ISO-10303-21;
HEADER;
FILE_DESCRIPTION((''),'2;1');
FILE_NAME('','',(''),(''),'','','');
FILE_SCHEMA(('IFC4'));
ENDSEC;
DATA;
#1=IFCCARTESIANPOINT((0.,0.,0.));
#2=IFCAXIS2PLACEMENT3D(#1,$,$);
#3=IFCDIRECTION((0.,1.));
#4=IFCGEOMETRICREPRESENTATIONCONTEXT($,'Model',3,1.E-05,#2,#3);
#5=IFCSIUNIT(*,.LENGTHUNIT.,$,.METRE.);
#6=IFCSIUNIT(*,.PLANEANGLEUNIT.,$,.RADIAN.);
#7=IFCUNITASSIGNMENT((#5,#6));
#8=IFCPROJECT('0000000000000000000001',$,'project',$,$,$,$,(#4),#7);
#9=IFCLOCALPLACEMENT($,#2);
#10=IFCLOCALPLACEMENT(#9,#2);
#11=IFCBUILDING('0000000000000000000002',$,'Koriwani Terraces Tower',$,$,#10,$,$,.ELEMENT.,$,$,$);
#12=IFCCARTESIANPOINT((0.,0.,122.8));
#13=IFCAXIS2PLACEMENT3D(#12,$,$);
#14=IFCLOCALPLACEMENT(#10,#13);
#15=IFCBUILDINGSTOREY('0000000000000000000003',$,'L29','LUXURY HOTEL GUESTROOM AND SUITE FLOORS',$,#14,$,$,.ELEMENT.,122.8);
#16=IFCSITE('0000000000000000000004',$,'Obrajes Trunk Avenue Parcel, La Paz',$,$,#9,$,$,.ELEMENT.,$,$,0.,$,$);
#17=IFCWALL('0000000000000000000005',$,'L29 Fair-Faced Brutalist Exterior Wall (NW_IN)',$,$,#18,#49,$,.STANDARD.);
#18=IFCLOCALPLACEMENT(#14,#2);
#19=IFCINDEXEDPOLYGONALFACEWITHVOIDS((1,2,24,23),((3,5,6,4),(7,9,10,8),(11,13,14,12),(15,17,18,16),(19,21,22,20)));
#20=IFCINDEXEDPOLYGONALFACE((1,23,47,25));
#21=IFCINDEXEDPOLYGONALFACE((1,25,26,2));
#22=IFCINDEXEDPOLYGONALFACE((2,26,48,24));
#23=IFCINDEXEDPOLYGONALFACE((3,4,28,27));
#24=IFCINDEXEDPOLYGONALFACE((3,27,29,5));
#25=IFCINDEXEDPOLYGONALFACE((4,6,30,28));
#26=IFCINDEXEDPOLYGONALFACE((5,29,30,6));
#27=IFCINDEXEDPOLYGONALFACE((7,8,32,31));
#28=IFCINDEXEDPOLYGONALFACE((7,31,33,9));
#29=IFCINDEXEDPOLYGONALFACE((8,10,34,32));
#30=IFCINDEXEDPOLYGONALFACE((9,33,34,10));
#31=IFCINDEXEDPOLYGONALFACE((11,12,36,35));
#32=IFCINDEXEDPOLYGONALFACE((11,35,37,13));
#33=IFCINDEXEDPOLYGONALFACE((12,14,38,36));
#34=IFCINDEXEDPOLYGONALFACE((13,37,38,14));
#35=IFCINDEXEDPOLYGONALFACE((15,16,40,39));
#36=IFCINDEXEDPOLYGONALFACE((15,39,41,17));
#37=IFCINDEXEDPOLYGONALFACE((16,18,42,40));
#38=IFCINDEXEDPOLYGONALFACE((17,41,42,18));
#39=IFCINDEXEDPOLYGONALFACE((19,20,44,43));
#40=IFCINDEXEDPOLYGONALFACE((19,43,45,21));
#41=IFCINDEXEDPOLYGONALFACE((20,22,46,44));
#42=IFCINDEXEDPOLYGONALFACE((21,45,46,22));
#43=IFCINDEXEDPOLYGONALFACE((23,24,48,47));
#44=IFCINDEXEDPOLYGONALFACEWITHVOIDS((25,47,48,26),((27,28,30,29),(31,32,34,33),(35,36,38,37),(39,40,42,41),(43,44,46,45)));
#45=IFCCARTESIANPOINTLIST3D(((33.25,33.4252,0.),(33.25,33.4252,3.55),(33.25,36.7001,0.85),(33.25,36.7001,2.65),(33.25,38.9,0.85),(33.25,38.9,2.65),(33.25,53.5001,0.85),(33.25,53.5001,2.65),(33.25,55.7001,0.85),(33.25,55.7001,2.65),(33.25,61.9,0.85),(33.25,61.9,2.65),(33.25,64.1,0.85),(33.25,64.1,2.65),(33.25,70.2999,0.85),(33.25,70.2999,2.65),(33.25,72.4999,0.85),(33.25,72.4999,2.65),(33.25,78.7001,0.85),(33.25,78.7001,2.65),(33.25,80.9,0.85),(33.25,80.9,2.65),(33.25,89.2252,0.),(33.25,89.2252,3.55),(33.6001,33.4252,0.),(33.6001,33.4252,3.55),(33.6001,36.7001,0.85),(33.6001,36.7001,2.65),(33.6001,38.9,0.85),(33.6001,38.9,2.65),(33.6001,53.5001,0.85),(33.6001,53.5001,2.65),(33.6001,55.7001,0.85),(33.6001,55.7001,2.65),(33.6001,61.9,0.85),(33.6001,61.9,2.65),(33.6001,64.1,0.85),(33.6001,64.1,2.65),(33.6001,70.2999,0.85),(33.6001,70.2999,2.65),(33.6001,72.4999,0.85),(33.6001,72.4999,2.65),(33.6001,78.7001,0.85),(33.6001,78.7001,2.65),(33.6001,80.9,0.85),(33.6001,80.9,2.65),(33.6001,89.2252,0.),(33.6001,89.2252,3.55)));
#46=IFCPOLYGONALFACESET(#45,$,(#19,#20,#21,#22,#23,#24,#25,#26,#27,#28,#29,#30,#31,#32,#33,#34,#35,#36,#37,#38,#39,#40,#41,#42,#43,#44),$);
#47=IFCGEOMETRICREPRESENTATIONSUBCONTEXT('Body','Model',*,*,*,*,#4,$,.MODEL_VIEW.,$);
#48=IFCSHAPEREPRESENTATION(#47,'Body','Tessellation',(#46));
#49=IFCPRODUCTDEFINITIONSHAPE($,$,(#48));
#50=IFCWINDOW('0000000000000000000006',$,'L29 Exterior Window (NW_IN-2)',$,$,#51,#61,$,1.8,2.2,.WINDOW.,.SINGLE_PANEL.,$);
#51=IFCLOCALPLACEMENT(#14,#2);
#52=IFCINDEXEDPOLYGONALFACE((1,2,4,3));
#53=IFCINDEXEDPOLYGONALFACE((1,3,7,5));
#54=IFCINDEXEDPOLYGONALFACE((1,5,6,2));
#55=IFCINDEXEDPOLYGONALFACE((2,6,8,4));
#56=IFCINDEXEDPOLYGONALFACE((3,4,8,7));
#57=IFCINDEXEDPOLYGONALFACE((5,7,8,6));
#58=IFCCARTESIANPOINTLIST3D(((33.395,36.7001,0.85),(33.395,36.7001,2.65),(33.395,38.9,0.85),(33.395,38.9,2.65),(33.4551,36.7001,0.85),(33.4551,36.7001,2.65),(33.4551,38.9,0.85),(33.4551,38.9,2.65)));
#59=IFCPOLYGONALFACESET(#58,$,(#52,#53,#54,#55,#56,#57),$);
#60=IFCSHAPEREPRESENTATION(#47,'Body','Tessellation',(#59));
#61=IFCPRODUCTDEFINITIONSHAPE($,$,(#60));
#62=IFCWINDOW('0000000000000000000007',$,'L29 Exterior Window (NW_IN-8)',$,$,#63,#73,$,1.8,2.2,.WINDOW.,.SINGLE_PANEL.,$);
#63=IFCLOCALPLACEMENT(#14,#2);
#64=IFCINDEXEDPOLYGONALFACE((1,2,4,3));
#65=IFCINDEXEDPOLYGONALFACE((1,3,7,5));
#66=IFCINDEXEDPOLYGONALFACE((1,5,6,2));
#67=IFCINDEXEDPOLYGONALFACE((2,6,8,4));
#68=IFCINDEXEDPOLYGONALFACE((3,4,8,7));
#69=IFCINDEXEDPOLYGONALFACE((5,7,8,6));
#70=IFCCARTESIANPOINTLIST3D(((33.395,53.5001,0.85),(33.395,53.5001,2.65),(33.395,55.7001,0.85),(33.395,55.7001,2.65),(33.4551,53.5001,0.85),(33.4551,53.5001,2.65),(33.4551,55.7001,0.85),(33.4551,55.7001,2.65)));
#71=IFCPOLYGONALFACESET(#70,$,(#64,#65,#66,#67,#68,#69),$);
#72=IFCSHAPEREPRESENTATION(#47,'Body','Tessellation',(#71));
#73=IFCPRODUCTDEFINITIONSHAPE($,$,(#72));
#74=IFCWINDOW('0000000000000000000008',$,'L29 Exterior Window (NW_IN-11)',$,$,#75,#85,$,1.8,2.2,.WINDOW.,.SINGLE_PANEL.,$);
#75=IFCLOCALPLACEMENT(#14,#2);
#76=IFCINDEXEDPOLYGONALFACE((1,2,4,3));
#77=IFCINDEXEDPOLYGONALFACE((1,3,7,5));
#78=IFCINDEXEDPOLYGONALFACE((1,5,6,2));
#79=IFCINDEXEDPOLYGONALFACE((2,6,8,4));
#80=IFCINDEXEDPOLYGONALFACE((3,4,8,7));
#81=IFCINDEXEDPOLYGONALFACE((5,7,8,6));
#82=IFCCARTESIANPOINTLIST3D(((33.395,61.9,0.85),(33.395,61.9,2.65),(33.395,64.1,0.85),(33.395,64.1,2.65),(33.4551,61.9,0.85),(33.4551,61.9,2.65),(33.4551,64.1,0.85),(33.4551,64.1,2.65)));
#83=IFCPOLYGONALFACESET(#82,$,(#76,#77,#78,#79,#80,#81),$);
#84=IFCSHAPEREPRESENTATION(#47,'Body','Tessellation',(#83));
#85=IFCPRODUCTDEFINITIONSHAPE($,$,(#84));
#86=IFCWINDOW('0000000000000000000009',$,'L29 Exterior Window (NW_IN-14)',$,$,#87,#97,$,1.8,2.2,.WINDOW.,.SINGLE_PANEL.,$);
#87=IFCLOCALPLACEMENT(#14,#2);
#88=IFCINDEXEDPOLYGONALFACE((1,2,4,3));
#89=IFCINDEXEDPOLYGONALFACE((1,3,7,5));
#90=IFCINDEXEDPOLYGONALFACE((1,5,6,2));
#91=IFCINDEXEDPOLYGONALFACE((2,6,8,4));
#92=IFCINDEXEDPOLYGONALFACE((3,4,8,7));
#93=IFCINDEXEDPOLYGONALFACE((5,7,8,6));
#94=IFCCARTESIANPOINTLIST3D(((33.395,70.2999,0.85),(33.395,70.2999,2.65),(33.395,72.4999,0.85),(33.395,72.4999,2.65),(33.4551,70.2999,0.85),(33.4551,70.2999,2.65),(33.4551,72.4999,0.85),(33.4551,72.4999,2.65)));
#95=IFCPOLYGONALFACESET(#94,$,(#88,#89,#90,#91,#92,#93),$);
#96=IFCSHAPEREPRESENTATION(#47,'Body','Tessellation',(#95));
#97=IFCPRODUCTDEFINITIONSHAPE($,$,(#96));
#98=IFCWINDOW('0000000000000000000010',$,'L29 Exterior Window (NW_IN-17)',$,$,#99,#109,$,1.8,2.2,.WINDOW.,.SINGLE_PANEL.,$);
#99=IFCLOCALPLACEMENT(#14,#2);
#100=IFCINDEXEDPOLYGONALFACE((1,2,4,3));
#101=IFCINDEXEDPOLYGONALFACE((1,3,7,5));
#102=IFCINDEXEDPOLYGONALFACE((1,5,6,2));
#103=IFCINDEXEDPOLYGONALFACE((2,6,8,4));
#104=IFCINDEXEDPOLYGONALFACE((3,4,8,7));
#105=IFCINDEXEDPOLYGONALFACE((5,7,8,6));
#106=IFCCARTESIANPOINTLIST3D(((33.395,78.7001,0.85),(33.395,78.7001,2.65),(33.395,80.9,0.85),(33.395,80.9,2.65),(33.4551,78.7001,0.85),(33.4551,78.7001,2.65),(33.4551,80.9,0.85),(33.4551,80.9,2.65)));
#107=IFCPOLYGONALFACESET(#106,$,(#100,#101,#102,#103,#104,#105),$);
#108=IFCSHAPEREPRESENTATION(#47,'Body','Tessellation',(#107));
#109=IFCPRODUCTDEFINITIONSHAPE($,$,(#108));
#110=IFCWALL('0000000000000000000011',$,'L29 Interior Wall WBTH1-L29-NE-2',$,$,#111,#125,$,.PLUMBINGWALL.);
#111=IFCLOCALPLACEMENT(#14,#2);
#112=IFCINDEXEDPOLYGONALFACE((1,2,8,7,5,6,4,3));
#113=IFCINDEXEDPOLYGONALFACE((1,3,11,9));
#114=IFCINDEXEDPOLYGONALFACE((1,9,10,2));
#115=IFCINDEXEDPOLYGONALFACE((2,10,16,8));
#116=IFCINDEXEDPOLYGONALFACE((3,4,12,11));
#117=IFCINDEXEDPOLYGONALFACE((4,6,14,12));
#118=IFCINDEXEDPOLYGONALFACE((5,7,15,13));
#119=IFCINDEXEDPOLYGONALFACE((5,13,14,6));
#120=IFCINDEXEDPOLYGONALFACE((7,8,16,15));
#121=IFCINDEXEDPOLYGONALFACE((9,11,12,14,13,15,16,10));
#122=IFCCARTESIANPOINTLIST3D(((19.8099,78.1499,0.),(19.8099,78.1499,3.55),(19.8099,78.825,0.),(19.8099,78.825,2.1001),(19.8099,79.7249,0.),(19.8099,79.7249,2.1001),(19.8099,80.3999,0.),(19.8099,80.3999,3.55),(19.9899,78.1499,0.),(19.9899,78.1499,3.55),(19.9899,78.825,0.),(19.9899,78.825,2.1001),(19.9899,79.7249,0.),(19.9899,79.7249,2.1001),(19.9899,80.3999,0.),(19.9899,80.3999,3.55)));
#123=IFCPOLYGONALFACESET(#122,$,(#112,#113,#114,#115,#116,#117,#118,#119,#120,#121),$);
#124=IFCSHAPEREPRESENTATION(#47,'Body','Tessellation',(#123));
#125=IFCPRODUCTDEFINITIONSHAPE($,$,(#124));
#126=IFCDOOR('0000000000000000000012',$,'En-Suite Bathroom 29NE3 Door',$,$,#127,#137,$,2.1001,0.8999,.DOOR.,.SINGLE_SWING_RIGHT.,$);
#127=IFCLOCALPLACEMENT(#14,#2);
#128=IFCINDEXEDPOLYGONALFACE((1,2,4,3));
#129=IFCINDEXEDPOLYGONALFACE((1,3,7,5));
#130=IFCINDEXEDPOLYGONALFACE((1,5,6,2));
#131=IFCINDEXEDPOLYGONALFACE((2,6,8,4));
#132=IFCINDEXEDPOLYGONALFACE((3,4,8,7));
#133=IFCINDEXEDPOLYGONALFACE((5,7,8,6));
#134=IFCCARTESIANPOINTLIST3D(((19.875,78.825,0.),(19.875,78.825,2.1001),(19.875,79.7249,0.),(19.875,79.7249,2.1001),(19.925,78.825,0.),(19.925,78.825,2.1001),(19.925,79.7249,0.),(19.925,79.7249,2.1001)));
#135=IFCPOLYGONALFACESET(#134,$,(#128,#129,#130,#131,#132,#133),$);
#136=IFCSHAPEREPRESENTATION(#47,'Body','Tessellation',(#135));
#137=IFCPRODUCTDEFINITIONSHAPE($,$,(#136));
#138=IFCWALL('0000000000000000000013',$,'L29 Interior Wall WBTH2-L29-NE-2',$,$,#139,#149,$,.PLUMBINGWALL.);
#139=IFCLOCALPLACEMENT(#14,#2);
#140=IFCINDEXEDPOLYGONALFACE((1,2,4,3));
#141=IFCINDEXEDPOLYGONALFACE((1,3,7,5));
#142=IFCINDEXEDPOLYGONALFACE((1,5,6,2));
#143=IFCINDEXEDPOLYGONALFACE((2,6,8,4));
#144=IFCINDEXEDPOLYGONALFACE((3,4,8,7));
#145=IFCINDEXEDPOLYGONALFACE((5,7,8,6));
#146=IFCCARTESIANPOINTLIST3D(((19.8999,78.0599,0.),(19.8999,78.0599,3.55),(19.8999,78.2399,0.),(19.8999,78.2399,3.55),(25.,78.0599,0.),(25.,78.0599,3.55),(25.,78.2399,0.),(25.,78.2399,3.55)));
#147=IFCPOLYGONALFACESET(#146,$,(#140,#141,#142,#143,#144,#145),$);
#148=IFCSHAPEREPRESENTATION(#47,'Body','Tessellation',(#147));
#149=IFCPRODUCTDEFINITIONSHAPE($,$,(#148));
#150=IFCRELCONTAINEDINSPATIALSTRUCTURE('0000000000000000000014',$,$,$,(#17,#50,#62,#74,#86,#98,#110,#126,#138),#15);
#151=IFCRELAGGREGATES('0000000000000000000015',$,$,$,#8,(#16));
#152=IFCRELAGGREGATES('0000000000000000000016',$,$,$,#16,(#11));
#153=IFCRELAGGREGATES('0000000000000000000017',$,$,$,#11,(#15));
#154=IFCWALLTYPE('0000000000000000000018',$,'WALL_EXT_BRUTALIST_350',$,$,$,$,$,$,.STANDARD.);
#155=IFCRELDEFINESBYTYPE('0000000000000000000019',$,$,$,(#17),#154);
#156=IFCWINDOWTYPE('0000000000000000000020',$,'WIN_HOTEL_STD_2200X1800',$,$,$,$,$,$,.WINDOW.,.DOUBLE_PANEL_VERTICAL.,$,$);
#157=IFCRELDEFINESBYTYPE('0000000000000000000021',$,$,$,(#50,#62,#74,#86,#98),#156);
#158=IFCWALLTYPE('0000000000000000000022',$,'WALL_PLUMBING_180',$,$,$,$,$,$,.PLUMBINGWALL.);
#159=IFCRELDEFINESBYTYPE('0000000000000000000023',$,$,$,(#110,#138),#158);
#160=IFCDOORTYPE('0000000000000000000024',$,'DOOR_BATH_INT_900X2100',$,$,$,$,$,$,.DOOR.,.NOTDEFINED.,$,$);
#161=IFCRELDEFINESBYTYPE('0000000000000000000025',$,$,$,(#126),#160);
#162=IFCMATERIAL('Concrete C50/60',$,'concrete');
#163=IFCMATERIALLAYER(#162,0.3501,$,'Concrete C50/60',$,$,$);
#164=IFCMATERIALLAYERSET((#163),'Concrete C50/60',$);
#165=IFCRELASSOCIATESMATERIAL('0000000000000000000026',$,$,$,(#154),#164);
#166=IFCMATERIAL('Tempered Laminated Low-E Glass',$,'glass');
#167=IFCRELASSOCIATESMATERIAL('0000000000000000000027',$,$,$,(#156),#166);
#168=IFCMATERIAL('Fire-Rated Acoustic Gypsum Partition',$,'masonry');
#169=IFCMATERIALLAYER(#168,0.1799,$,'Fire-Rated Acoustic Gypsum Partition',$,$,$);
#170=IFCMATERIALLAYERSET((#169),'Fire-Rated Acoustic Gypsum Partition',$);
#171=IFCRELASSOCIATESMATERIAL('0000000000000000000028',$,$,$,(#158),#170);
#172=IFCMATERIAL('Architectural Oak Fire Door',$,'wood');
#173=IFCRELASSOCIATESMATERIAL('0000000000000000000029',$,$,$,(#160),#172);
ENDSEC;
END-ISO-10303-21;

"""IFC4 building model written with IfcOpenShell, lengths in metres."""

from ifc_helpers import new_model, si_unit, direction, frame, frame_2d, origin, place, context, subcontext, project, spatial, rectangle, extrude, material, layer, layer_set, type_object, element, fill, save


model = new_model("IFC4")

# Units and contexts
model_context = context("Model", 3, precision=1e-05, world=origin(), true_north=direction((0.0, 1.0)))
body_context = subcontext(model_context, "Body", "Model", "MODEL_VIEW")
ifc_project = project(units=[si_unit("LENGTHUNIT", "METRE"), si_unit("PLANEANGLEUNIT", "RADIAN")], contexts=[model_context])

# Site, building, storey
site_placement = place(None, origin())
site = spatial("IfcSite", under=ifc_project, at=site_placement, Name="Obrajes Trunk Avenue Parcel, La Paz", CompositionType="ELEMENT", RefElevation=0.0)
building_placement = place(site_placement, origin())
building = spatial("IfcBuilding", under=site, at=building_placement, Name="Koriwani Terraces Tower", CompositionType="ELEMENT")
storey_placement = place(building_placement, frame((0.0, 0.0, 122.8)))
storey = spatial("IfcBuildingStorey", under=building, at=storey_placement, Name="L29", Description="LUXURY HOTEL GUESTROOM AND SUITE FLOORS", CompositionType="ELEMENT", Elevation=122.8)

# Shared definitions
ifc_material_1 = material(Name="Concrete C50/60", Category="concrete")

# Shared definitions
ifc_layer_1 = layer(ifc_material_1, 0.3501, Name="Concrete C50/60")
ifc_layer_set_1 = layer_set([ifc_layer_1], Name="Concrete C50/60")
wall_type_1 = type_object("IfcWallType", Name="WALL_EXT_BRUTALIST_350", PredefinedType="STANDARD", material=ifc_layer_set_1)

# Wall, openings, windows
wall_1_placement = place(storey_placement, frame((33.425, 89.2251, 0.0), z_axis=(0.0, 0.0, 1.0), x_axis=(0.0, -1.0, 0.0)))
wall_1 = element("IfcWall", 1, at=wall_1_placement, inside=storey, type_object=wall_type_1, Name="L29 Fair-Faced Brutalist Exterior Wall (NW_IN)", PredefinedType="STANDARD", context=body_context, shape_type="SweptSolid", body=[
    extrude(rectangle(XDim=55.8, YDim=0.3501, at=frame_2d((27.8999, 0.0))), origin(), (0.0, 0.0, 1.0), 3.55),
])
opening_1_placement = place(wall_1_placement, frame((50.325, 0.0, 0.8501)))
opening_1 = element("IfcOpeningElement", 2, at=opening_1_placement, cuts=wall_1, PredefinedType="OPENING", context=body_context, shape_type="SweptSolid", body=[
    extrude(rectangle(XDim=2.2, YDim=1.8, at=frame_2d((1.1001, 0.8999))), frame((0.0, 0.1851, 0.0), z_axis=(0.0, -1.0, 0.0), x_axis=(1.0, 0.0, 0.0)), (0.0, 0.0, 1.0), 0.3701),
])
opening_2_placement = place(wall_1_placement, frame((33.5249, 0.0, 0.8501)))
opening_2 = element("IfcOpeningElement", 3, at=opening_2_placement, cuts=wall_1, PredefinedType="OPENING", context=body_context, shape_type="SweptSolid", body=[
    extrude(rectangle(XDim=2.2, YDim=1.8, at=frame_2d((1.1001, 0.8999))), frame((0.0, 0.1851, 0.0), z_axis=(0.0, -1.0, 0.0), x_axis=(1.0, 0.0, 0.0)), (0.0, 0.0, 1.0), 0.3701),
])
opening_3_placement = place(wall_1_placement, frame((25.125, 0.0, 0.8501)))
opening_3 = element("IfcOpeningElement", 4, at=opening_3_placement, cuts=wall_1, PredefinedType="OPENING", context=body_context, shape_type="SweptSolid", body=[
    extrude(rectangle(XDim=2.2, YDim=1.8, at=frame_2d((1.1001, 0.8999))), frame((0.0, 0.1851, 0.0), z_axis=(0.0, -1.0, 0.0), x_axis=(1.0, 0.0, 0.0)), (0.0, 0.0, 1.0), 0.3701),
])
opening_4_placement = place(wall_1_placement, frame((16.7251, 0.0, 0.8501)))
opening_4 = element("IfcOpeningElement", 5, at=opening_4_placement, cuts=wall_1, PredefinedType="OPENING", context=body_context, shape_type="SweptSolid", body=[
    extrude(rectangle(XDim=2.2, YDim=1.8, at=frame_2d((1.1001, 0.8999))), frame((0.0, 0.1851, 0.0), z_axis=(0.0, -1.0, 0.0), x_axis=(1.0, 0.0, 0.0)), (0.0, 0.0, 1.0), 0.3701),
])
opening_5_placement = place(wall_1_placement, frame((8.325, 0.0, 0.8501)))
opening_5 = element("IfcOpeningElement", 6, at=opening_5_placement, cuts=wall_1, PredefinedType="OPENING", context=body_context, shape_type="SweptSolid", body=[
    extrude(rectangle(XDim=2.2, YDim=1.8, at=frame_2d((1.1001, 0.8999))), frame((0.0, 0.1851, 0.0), z_axis=(0.0, -1.0, 0.0), x_axis=(1.0, 0.0, 0.0)), (0.0, 0.0, 1.0), 0.3701),
])
ifc_material_2 = material(Name="Tempered Laminated Low-E Glass", Category="glass")
window_type = type_object("IfcWindowType", Name="WIN_HOTEL_STD_2200X1800", PartitioningType="DOUBLE_PANEL_VERTICAL", PredefinedType="WINDOW", material=ifc_material_2)
window_1_placement = place(opening_1_placement, origin())
window_1 = element("IfcWindow", 7, at=window_1_placement, inside=storey, type_object=window_type, Name="L29 Exterior Window (NW_IN-2)", OverallHeight=1.8, OverallWidth=2.2, PartitioningType="SINGLE_PANEL", PredefinedType="WINDOW", context=body_context, shape_type="SweptSolid", body=[
    extrude(rectangle(XDim=2.2, YDim=1.8, at=frame_2d((1.1001, 0.8999))), frame((0.0, 0.03, 0.0), z_axis=(0.0, -1.0, 0.0), x_axis=(1.0, 0.0, 0.0)), (0.0, 0.0, 1.0), 0.0601),
])
fill(opening_1, window_1)
window_2_placement = place(opening_2_placement, origin())
window_2 = element("IfcWindow", 8, at=window_2_placement, inside=storey, type_object=window_type, Name="L29 Exterior Window (NW_IN-8)", OverallHeight=1.8, OverallWidth=2.2, PartitioningType="SINGLE_PANEL", PredefinedType="WINDOW", context=body_context, shape_type="SweptSolid", body=[
    extrude(rectangle(XDim=2.2, YDim=1.8, at=frame_2d((1.1001, 0.8999))), frame((0.0, 0.03, 0.0), z_axis=(0.0, -1.0, 0.0), x_axis=(1.0, 0.0, 0.0)), (0.0, 0.0, 1.0), 0.0601),
])
fill(opening_2, window_2)
window_3_placement = place(opening_3_placement, origin())
window_3 = element("IfcWindow", 9, at=window_3_placement, inside=storey, type_object=window_type, Name="L29 Exterior Window (NW_IN-11)", OverallHeight=1.8, OverallWidth=2.2, PartitioningType="SINGLE_PANEL", PredefinedType="WINDOW", context=body_context, shape_type="SweptSolid", body=[
    extrude(rectangle(XDim=2.2, YDim=1.8, at=frame_2d((1.1001, 0.8999))), frame((0.0, 0.03, 0.0), z_axis=(0.0, -1.0, 0.0), x_axis=(1.0, 0.0, 0.0)), (0.0, 0.0, 1.0), 0.0601),
])
fill(opening_3, window_3)
window_4_placement = place(opening_4_placement, origin())
window_4 = element("IfcWindow", 10, at=window_4_placement, inside=storey, type_object=window_type, Name="L29 Exterior Window (NW_IN-14)", OverallHeight=1.8, OverallWidth=2.2, PartitioningType="SINGLE_PANEL", PredefinedType="WINDOW", context=body_context, shape_type="SweptSolid", body=[
    extrude(rectangle(XDim=2.2, YDim=1.8, at=frame_2d((1.1001, 0.8999))), frame((0.0, 0.03, 0.0), z_axis=(0.0, -1.0, 0.0), x_axis=(1.0, 0.0, 0.0)), (0.0, 0.0, 1.0), 0.0601),
])
fill(opening_4, window_4)
window_5_placement = place(opening_5_placement, origin())
window_5 = element("IfcWindow", 11, at=window_5_placement, inside=storey, type_object=window_type, Name="L29 Exterior Window (NW_IN-17)", OverallHeight=1.8, OverallWidth=2.2, PartitioningType="SINGLE_PANEL", PredefinedType="WINDOW", context=body_context, shape_type="SweptSolid", body=[
    extrude(rectangle(XDim=2.2, YDim=1.8, at=frame_2d((1.1001, 0.8999))), frame((0.0, 0.03, 0.0), z_axis=(0.0, -1.0, 0.0), x_axis=(1.0, 0.0, 0.0)), (0.0, 0.0, 1.0), 0.0601),
])
fill(opening_5, window_5)

# Wall, opening, door
ifc_material_3 = material(Name="Fire-Rated Acoustic Gypsum Partition", Category="masonry")
ifc_layer_2 = layer(ifc_material_3, 0.1799, Name="Fire-Rated Acoustic Gypsum Partition")
ifc_layer_set_2 = layer_set([ifc_layer_2], Name="Fire-Rated Acoustic Gypsum Partition")
wall_type_2 = type_object("IfcWallType", Name="WALL_PLUMBING_180", PredefinedType="PLUMBINGWALL", material=ifc_layer_set_2)
wall_2_placement = place(storey_placement, frame((19.8999, 78.1499, 0.0), z_axis=(0.0, 0.0, 1.0), x_axis=(0.0, 1.0, 0.0)))
wall_2 = element("IfcWall", 12, at=wall_2_placement, inside=storey, type_object=wall_type_2, Name="L29 Interior Wall WBTH1-L29-NE-2", PredefinedType="PLUMBINGWALL", context=body_context, shape_type="SweptSolid", body=[
    extrude(rectangle(XDim=2.25, YDim=0.1799, at=frame_2d((1.125, 0.0))), origin(), (0.0, 0.0, 1.0), 3.55),
])
opening_6_placement = place(wall_2_placement, frame((0.675, 0.0, 0.0)))
opening_6 = element("IfcOpeningElement", 13, at=opening_6_placement, cuts=wall_2, PredefinedType="OPENING", context=body_context, shape_type="SweptSolid", body=[
    extrude(rectangle(XDim=0.8999, YDim=2.1001, at=frame_2d((0.45, 1.05))), frame((0.0, 0.1001, 0.0), z_axis=(0.0, -1.0, 0.0), x_axis=(1.0, 0.0, 0.0)), (0.0, 0.0, 1.0), 0.2),
])
ifc_material_4 = material(Name="Architectural Oak Fire Door", Category="wood")
door_type = type_object("IfcDoorType", Name="DOOR_BATH_INT_900X2100", OperationType="NOTDEFINED", PredefinedType="DOOR", material=ifc_material_4)
door_1_placement = place(opening_6_placement, origin())
door_1 = element("IfcDoor", 14, at=door_1_placement, inside=storey, type_object=door_type, Name="En-Suite Bathroom 29NE3 Door", OperationType="SINGLE_SWING_RIGHT", OverallHeight=2.1001, OverallWidth=0.8999, PredefinedType="DOOR", context=body_context, shape_type="SweptSolid", body=[
    extrude(rectangle(XDim=0.8999, YDim=2.1001, at=frame_2d((0.45, 1.05))), frame((0.0, 0.0249, 0.0), z_axis=(0.0, -1.0, 0.0), x_axis=(1.0, 0.0, 0.0)), (0.0, 0.0, 1.0), 0.05),
])
fill(opening_6, door_1)

# Wall
wall_3_placement = place(storey_placement, frame((19.8999, 78.1499, 0.0), z_axis=(0.0, 0.0, 1.0), x_axis=(1.0, 0.0, 0.0)))
element("IfcWall", 15, at=wall_3_placement, inside=storey, type_object=wall_type_2, Name="L29 Interior Wall WBTH2-L29-NE-2", PredefinedType="PLUMBINGWALL", context=body_context, shape_type="SweptSolid", body=[
    extrude(rectangle(XDim=5.1001, YDim=0.1799, at=frame_2d((2.55, 0.0))), origin(), (0.0, 0.0, 1.0), 3.55),
])

save(model, "model.ifc")
